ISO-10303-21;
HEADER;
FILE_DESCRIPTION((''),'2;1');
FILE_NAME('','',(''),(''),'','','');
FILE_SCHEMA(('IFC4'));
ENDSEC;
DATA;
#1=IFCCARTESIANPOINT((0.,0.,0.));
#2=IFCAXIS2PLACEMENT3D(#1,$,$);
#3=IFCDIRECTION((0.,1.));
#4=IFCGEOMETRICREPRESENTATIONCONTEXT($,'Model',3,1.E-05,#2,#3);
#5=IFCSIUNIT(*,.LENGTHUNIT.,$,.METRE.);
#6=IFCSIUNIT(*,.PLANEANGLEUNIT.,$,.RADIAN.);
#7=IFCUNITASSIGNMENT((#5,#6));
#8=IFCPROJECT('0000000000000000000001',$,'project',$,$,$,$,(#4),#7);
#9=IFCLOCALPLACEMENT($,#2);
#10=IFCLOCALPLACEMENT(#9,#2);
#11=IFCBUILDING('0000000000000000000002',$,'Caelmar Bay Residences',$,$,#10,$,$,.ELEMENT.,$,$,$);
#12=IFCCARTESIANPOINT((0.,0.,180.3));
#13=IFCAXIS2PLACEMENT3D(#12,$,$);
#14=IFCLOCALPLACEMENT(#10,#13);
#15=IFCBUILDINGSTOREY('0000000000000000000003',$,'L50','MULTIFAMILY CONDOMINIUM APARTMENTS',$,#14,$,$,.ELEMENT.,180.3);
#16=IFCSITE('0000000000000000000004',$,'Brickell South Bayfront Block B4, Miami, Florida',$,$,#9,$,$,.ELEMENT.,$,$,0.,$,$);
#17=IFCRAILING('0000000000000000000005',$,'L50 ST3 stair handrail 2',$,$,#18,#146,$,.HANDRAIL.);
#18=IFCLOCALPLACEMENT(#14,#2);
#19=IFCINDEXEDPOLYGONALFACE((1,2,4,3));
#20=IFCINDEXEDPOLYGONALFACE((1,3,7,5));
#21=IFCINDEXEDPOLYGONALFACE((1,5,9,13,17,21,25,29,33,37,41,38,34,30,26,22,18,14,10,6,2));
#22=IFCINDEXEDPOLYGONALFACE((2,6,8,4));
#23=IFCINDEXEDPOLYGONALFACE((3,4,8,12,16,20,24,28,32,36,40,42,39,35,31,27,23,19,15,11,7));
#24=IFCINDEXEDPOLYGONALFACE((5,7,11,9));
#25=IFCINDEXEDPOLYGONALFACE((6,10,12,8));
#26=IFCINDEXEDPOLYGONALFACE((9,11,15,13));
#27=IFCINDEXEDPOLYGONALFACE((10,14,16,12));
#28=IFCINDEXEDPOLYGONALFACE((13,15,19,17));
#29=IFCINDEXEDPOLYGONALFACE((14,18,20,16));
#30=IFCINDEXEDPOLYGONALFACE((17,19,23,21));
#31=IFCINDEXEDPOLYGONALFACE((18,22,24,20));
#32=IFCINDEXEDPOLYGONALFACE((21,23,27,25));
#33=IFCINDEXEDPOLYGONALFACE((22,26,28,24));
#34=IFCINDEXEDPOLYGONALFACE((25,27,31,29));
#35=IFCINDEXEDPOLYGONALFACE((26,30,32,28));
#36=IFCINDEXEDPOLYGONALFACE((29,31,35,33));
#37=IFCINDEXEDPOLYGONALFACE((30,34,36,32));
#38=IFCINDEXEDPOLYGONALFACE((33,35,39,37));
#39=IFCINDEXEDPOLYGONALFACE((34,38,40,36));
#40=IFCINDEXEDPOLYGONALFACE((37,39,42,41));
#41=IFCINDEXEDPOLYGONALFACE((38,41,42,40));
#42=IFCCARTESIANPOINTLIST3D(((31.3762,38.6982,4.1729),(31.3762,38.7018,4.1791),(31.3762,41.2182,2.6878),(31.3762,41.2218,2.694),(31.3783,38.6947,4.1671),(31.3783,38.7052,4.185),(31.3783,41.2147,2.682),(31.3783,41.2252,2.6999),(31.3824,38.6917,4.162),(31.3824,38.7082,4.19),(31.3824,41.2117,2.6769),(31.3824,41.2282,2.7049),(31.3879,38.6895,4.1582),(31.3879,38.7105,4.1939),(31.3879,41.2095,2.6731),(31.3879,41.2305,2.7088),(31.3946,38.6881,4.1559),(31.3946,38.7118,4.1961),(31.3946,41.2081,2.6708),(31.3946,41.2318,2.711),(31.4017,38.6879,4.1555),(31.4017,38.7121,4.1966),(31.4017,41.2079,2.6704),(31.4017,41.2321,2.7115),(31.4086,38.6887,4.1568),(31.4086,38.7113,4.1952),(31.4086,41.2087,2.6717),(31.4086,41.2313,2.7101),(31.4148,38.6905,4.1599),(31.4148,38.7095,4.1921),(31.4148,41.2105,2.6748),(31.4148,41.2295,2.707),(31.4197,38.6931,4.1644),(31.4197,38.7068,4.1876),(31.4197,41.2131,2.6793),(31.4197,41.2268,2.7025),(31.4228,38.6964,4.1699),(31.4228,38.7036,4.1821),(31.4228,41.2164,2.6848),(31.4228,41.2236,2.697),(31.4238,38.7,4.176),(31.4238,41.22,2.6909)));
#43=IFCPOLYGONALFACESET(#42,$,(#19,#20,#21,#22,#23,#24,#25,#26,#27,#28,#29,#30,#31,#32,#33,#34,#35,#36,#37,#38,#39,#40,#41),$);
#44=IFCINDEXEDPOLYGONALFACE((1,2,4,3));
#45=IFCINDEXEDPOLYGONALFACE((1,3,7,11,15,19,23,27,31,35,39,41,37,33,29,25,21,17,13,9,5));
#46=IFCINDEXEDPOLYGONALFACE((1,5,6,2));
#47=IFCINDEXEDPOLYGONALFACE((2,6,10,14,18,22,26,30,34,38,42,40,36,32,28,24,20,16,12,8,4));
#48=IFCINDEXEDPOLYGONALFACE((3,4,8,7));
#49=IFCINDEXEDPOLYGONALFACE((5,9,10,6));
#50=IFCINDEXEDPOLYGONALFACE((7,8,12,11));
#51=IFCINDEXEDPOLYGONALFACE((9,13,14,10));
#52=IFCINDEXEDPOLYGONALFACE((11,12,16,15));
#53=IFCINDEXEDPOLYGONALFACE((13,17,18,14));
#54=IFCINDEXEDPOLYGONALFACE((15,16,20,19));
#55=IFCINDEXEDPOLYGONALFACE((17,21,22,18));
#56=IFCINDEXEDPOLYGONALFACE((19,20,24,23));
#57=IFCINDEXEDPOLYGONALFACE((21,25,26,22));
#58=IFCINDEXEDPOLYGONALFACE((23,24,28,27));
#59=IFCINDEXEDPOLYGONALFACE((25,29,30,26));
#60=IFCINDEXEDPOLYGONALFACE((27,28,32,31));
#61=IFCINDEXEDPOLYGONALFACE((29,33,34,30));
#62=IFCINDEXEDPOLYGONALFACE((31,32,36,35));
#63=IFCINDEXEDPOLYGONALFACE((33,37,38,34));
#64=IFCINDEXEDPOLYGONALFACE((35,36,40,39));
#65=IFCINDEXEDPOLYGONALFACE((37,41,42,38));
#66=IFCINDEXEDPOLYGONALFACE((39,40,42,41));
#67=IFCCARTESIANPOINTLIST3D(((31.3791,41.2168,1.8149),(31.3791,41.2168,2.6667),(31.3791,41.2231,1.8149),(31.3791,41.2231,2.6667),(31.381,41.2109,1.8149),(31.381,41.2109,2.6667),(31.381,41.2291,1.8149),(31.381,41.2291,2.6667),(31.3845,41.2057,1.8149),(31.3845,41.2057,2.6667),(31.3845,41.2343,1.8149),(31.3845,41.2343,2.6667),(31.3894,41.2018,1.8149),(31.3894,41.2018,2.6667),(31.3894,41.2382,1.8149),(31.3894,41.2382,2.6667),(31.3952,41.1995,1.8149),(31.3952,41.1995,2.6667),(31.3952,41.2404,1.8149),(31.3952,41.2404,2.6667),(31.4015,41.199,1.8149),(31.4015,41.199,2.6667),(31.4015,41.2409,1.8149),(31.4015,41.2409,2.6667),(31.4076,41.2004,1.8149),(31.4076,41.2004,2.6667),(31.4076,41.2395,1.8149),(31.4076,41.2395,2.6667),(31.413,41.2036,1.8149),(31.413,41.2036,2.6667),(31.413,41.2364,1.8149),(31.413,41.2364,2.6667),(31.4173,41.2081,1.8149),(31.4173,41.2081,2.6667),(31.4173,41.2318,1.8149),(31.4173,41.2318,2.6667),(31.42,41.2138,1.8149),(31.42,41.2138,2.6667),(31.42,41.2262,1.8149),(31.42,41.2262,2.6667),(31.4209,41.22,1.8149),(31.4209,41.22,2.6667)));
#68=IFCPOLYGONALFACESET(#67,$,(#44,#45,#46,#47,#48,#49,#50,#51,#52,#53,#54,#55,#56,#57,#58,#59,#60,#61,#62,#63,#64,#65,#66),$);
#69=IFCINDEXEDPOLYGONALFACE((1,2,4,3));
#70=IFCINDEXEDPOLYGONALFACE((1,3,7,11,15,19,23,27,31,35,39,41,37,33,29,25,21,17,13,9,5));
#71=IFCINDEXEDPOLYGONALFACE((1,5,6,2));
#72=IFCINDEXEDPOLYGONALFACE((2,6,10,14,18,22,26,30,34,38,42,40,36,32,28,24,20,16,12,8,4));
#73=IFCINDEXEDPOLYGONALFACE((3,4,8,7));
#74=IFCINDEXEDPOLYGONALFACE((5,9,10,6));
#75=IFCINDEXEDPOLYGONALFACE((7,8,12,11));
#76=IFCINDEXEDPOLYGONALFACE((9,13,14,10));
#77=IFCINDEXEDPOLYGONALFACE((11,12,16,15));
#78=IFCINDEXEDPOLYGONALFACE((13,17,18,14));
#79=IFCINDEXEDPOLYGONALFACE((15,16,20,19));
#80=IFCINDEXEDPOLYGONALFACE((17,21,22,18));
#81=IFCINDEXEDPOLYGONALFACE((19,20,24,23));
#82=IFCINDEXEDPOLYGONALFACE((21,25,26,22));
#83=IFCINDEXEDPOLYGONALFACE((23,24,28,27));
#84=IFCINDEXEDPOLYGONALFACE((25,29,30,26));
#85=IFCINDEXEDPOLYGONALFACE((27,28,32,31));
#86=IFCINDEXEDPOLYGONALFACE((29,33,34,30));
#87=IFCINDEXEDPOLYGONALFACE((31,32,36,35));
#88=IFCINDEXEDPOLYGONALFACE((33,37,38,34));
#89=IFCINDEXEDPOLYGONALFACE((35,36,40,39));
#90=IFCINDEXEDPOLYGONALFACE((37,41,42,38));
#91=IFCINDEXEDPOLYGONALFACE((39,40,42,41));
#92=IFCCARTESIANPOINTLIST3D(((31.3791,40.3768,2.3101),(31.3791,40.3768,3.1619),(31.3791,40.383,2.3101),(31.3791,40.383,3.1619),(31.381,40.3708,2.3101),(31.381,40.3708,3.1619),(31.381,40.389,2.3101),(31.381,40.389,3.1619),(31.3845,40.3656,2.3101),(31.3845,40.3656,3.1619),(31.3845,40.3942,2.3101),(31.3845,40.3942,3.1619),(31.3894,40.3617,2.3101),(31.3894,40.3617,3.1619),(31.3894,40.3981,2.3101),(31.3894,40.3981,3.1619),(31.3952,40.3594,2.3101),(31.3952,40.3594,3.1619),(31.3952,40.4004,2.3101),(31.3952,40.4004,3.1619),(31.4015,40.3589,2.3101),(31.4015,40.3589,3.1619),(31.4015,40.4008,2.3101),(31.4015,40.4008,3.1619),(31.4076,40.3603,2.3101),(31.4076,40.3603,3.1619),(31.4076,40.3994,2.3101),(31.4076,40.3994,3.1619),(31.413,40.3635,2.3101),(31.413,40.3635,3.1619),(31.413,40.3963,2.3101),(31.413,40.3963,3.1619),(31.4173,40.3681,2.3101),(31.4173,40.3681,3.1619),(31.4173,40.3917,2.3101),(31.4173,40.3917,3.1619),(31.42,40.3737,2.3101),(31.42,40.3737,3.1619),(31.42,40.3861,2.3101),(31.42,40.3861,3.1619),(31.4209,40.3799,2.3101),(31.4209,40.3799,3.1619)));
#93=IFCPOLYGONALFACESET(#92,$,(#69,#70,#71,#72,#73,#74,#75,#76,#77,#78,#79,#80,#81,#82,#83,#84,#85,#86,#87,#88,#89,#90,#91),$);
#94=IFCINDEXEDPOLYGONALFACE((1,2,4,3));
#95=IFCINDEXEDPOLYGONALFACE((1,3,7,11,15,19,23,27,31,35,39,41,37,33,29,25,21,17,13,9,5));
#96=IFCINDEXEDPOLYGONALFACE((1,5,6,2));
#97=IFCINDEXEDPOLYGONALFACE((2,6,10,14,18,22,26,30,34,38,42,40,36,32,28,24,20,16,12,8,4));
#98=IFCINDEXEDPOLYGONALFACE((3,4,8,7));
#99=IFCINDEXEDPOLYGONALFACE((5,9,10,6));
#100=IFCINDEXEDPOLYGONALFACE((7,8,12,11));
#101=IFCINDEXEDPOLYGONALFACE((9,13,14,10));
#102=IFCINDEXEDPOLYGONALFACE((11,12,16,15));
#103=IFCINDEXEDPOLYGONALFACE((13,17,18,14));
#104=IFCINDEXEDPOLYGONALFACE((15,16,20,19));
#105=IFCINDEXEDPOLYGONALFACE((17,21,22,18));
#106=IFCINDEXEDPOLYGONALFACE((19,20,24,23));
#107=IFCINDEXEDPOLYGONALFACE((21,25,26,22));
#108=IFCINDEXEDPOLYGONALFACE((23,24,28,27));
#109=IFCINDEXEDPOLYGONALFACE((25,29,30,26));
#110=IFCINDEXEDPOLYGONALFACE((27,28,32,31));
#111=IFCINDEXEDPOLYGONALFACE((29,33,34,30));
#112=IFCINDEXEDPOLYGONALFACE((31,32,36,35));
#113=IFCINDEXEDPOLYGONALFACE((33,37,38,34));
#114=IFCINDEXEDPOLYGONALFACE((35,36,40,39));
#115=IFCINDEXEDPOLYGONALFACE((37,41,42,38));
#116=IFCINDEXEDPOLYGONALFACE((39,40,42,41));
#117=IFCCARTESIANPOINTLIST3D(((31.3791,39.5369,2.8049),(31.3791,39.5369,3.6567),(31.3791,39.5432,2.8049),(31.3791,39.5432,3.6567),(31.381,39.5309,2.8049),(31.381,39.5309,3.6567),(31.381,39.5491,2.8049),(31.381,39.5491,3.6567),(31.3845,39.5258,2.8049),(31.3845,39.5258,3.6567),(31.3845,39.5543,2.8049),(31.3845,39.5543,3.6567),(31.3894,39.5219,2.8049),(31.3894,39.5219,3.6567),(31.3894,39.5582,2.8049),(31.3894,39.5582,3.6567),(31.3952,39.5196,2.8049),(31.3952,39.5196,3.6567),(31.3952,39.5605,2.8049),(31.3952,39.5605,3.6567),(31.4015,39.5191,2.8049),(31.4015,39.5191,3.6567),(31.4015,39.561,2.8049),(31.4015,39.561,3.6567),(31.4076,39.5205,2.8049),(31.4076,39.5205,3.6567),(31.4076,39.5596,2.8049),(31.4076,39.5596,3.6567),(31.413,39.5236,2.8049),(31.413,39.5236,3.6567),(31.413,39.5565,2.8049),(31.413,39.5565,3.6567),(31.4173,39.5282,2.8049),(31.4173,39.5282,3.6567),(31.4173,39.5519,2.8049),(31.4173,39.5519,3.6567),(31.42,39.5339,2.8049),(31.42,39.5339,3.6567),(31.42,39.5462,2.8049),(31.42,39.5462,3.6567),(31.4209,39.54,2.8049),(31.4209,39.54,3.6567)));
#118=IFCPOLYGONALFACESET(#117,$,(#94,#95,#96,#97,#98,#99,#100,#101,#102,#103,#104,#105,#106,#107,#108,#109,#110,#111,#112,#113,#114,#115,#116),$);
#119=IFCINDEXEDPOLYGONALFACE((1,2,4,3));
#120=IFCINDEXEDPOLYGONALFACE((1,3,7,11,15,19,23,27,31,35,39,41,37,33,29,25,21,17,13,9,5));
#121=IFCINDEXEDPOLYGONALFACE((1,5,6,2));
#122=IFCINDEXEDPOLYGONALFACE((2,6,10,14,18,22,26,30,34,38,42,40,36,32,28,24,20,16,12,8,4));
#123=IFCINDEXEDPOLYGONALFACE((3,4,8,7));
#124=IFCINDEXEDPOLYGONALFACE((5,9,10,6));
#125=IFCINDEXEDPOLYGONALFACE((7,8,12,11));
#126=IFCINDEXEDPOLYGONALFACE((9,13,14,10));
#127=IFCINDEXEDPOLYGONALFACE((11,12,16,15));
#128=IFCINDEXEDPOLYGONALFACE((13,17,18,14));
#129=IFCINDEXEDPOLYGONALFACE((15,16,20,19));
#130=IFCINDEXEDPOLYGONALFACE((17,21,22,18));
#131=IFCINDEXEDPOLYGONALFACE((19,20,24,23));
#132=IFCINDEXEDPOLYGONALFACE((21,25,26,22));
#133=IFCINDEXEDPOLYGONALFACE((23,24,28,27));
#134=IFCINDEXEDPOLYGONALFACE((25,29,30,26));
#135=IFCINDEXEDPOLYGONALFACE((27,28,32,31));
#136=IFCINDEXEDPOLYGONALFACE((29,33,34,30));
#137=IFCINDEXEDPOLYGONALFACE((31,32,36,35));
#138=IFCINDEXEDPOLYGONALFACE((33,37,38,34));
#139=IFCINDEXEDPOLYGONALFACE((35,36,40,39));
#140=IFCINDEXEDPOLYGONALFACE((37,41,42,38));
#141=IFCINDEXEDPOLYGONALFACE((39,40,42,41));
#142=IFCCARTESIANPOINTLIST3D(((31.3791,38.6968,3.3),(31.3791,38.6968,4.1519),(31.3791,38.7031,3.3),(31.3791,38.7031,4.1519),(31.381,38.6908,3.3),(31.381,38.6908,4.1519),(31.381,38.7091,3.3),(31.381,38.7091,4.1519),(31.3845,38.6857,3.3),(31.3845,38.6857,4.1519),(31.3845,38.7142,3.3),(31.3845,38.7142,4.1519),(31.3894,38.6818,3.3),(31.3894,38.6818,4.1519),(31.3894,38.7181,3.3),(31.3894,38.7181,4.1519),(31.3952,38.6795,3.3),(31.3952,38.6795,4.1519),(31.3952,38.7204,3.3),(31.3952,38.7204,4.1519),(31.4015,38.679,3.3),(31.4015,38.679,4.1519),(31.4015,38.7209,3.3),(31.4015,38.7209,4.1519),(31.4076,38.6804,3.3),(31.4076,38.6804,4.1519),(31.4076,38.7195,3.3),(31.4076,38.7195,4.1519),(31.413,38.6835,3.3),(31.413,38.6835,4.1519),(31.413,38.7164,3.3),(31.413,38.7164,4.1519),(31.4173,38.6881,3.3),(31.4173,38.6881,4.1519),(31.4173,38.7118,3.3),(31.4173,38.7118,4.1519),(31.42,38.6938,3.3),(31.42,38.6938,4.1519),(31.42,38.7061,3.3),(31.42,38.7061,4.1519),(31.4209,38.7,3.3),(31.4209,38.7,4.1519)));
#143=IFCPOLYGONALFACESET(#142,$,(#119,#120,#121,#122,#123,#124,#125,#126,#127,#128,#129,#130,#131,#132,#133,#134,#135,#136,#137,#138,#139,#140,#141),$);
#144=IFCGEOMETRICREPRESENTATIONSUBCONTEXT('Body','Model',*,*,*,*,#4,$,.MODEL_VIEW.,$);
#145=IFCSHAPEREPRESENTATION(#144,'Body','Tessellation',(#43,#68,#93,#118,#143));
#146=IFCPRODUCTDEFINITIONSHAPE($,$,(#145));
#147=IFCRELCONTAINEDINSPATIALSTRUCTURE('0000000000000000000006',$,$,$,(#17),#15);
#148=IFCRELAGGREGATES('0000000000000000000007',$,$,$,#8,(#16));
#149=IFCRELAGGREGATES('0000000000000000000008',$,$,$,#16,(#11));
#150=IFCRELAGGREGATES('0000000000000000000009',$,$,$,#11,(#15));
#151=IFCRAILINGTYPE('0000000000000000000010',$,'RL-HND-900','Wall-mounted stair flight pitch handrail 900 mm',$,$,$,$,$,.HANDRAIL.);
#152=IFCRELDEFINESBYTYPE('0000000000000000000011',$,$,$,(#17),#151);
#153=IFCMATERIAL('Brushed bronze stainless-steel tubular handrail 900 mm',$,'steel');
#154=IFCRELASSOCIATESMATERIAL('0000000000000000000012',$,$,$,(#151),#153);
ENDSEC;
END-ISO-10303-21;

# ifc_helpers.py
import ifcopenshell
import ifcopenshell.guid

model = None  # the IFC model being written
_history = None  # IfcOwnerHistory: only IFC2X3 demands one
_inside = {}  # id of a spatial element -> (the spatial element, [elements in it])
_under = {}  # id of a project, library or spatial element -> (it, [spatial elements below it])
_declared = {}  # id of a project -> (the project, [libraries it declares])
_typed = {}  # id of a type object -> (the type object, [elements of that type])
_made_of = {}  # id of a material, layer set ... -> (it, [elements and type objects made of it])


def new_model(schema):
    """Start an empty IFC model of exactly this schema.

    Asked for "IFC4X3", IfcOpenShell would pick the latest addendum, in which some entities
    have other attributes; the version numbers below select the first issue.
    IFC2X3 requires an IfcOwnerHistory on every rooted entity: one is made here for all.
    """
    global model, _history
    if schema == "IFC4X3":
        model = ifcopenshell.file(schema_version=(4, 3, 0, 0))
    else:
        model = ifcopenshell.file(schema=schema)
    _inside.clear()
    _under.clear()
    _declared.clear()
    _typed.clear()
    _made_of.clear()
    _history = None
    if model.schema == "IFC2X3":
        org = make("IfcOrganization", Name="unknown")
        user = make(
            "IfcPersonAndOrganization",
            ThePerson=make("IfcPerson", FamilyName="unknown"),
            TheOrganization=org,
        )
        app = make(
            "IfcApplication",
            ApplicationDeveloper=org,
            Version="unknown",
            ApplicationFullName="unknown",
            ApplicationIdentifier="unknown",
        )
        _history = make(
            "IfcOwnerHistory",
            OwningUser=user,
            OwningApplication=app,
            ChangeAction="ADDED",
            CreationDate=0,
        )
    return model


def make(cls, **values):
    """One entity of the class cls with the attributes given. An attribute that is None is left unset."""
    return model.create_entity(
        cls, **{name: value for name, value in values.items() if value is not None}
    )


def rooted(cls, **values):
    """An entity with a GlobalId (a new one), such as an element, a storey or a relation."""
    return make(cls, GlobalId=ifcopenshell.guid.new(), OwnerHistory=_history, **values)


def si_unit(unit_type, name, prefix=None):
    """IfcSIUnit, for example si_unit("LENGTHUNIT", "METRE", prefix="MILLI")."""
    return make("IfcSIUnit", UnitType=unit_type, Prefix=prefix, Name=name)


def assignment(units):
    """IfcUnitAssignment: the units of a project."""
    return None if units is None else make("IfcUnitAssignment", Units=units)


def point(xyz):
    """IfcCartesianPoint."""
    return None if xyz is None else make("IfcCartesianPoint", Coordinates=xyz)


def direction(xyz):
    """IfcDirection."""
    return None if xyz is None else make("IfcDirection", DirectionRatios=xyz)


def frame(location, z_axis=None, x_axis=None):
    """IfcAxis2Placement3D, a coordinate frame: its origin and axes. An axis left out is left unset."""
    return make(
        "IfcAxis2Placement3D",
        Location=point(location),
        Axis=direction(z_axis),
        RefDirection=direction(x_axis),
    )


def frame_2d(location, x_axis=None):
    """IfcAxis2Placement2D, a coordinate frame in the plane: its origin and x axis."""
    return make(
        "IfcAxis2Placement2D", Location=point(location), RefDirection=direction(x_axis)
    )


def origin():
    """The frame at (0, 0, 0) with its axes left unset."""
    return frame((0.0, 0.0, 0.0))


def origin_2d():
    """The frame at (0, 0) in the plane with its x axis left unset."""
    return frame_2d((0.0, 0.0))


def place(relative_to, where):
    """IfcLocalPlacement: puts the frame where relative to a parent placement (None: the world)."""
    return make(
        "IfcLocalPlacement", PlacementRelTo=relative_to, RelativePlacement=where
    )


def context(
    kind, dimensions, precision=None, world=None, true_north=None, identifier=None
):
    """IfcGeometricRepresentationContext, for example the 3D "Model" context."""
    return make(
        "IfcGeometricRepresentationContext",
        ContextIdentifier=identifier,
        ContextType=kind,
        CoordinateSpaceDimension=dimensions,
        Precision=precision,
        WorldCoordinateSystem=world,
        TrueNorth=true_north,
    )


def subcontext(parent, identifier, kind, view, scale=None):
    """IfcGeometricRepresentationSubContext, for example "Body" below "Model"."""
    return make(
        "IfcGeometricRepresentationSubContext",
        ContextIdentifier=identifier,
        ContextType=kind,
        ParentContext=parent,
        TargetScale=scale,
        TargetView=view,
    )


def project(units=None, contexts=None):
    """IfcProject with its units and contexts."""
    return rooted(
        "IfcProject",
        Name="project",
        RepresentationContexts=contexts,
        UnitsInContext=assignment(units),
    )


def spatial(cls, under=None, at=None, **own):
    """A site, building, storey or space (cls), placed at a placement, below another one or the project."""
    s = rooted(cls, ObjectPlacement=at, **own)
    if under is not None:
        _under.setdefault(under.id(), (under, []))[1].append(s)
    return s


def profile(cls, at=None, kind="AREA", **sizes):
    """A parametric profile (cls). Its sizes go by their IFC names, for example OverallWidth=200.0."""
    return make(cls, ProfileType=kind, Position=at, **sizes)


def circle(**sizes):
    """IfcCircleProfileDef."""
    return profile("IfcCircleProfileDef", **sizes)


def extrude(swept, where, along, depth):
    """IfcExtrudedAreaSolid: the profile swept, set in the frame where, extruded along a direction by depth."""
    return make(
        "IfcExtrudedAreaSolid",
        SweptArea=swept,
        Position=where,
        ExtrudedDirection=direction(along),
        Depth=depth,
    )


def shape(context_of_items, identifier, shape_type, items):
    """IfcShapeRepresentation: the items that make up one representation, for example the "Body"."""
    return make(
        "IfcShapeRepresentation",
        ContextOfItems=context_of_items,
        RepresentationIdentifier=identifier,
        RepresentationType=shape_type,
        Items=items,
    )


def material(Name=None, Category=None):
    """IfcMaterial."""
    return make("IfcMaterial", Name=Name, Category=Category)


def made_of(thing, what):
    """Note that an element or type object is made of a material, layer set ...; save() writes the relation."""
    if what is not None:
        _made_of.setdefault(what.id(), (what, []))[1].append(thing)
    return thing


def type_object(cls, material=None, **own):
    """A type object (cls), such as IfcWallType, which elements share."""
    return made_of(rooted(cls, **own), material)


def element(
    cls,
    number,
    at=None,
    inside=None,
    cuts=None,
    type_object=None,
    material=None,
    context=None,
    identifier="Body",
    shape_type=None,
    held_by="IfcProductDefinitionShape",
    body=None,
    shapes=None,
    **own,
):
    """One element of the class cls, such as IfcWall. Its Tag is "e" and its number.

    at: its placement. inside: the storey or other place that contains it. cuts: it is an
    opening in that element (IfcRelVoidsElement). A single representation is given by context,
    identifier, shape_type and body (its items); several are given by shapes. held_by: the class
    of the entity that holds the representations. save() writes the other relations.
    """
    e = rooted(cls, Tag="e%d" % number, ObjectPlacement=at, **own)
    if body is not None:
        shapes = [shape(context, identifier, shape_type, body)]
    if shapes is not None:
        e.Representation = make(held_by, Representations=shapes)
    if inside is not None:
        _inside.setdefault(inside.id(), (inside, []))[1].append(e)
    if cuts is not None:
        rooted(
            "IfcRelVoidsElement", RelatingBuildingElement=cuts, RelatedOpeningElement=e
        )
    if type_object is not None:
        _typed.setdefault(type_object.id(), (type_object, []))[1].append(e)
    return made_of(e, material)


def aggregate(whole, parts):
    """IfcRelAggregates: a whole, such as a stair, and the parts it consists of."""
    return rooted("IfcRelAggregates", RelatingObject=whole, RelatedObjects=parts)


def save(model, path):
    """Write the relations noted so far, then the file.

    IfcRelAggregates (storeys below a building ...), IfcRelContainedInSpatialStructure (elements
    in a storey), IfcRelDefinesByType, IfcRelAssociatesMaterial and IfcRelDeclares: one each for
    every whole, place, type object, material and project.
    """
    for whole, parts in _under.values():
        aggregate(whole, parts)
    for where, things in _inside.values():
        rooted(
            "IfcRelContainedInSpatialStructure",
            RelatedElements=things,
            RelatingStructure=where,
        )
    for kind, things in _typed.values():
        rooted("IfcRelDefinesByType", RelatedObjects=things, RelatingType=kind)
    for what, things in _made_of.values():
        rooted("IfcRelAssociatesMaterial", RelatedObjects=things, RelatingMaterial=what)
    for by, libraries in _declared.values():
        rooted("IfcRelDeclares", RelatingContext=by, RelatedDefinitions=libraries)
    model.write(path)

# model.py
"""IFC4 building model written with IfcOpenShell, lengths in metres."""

from ifc_helpers import new_model, si_unit, direction, frame, origin, origin_2d, place, context, subcontext, project, spatial, circle, extrude, material, type_object, element, save


model = new_model("IFC4")

# Units and contexts
model_context = context("Model", 3, precision=1e-05, world=origin(), true_north=direction((0.0, 1.0)))
body_context = subcontext(model_context, "Body", "Model", "MODEL_VIEW")
ifc_project = project(units=[si_unit("LENGTHUNIT", "METRE"), si_unit("PLANEANGLEUNIT", "RADIAN")], contexts=[model_context])

# Site, building, storey
site_placement = place(None, origin())
site = spatial("IfcSite", under=ifc_project, at=site_placement, Name="Brickell South Bayfront Block B4, Miami, Florida", CompositionType="ELEMENT", RefElevation=0.0)
building_placement = place(site_placement, origin())
building = spatial("IfcBuilding", under=site, at=building_placement, Name="Caelmar Bay Residences", CompositionType="ELEMENT")
storey_placement = place(building_placement, frame((0.0, 0.0, 180.3)))
storey = spatial("IfcBuildingStorey", under=building, at=storey_placement, Name="L50", Description="MULTIFAMILY CONDOMINIUM APARTMENTS", CompositionType="ELEMENT", Elevation=180.3)

# Railing
ifc_material_1 = material(Name="Brushed bronze stainless-steel tubular handrail 900 mm", Category="steel")
railing_type_1 = type_object("IfcRailingType", Name="RL-HND-900", Description="Wall-mounted stair flight pitch handrail 900 mm", PredefinedType="HANDRAIL", material=ifc_material_1)
railing_1_placement = place(storey_placement, frame((31.3999, 41.22, 1.8149)))
element("IfcRailing", 1, at=railing_1_placement, inside=storey, type_object=railing_type_1, Name="L50 ST3 stair handrail 2", PredefinedType="HANDRAIL", context=body_context, shape_type="SweptSolid", body=[
    extrude(circle(Radius=0.0239, at=origin_2d()), frame((0.0, 0.0, 0.876), z_axis=(0.0, -0.861524, 0.507717), x_axis=(1.0, 0.0, 0.0)), (0.0, 0.0, 1.0), 2.925),
    extrude(circle(Radius=0.021, at=origin_2d()), origin(), (0.0, 0.0, 1.0), 0.8518),
    extrude(circle(Radius=0.021, at=origin_2d()), frame((0.0, -0.8401, 0.4951)), (0.0, 0.0, 1.0), 0.8518),
    extrude(circle(Radius=0.021, at=origin_2d()), frame((0.0, -1.6799, 0.99)), (0.0, 0.0, 1.0), 0.8518),
    extrude(circle(Radius=0.021, at=origin_2d()), frame((0.0, -2.52, 1.4851)), (0.0, 0.0, 1.0), 0.8518),
])

save(model, "model.ifc")
